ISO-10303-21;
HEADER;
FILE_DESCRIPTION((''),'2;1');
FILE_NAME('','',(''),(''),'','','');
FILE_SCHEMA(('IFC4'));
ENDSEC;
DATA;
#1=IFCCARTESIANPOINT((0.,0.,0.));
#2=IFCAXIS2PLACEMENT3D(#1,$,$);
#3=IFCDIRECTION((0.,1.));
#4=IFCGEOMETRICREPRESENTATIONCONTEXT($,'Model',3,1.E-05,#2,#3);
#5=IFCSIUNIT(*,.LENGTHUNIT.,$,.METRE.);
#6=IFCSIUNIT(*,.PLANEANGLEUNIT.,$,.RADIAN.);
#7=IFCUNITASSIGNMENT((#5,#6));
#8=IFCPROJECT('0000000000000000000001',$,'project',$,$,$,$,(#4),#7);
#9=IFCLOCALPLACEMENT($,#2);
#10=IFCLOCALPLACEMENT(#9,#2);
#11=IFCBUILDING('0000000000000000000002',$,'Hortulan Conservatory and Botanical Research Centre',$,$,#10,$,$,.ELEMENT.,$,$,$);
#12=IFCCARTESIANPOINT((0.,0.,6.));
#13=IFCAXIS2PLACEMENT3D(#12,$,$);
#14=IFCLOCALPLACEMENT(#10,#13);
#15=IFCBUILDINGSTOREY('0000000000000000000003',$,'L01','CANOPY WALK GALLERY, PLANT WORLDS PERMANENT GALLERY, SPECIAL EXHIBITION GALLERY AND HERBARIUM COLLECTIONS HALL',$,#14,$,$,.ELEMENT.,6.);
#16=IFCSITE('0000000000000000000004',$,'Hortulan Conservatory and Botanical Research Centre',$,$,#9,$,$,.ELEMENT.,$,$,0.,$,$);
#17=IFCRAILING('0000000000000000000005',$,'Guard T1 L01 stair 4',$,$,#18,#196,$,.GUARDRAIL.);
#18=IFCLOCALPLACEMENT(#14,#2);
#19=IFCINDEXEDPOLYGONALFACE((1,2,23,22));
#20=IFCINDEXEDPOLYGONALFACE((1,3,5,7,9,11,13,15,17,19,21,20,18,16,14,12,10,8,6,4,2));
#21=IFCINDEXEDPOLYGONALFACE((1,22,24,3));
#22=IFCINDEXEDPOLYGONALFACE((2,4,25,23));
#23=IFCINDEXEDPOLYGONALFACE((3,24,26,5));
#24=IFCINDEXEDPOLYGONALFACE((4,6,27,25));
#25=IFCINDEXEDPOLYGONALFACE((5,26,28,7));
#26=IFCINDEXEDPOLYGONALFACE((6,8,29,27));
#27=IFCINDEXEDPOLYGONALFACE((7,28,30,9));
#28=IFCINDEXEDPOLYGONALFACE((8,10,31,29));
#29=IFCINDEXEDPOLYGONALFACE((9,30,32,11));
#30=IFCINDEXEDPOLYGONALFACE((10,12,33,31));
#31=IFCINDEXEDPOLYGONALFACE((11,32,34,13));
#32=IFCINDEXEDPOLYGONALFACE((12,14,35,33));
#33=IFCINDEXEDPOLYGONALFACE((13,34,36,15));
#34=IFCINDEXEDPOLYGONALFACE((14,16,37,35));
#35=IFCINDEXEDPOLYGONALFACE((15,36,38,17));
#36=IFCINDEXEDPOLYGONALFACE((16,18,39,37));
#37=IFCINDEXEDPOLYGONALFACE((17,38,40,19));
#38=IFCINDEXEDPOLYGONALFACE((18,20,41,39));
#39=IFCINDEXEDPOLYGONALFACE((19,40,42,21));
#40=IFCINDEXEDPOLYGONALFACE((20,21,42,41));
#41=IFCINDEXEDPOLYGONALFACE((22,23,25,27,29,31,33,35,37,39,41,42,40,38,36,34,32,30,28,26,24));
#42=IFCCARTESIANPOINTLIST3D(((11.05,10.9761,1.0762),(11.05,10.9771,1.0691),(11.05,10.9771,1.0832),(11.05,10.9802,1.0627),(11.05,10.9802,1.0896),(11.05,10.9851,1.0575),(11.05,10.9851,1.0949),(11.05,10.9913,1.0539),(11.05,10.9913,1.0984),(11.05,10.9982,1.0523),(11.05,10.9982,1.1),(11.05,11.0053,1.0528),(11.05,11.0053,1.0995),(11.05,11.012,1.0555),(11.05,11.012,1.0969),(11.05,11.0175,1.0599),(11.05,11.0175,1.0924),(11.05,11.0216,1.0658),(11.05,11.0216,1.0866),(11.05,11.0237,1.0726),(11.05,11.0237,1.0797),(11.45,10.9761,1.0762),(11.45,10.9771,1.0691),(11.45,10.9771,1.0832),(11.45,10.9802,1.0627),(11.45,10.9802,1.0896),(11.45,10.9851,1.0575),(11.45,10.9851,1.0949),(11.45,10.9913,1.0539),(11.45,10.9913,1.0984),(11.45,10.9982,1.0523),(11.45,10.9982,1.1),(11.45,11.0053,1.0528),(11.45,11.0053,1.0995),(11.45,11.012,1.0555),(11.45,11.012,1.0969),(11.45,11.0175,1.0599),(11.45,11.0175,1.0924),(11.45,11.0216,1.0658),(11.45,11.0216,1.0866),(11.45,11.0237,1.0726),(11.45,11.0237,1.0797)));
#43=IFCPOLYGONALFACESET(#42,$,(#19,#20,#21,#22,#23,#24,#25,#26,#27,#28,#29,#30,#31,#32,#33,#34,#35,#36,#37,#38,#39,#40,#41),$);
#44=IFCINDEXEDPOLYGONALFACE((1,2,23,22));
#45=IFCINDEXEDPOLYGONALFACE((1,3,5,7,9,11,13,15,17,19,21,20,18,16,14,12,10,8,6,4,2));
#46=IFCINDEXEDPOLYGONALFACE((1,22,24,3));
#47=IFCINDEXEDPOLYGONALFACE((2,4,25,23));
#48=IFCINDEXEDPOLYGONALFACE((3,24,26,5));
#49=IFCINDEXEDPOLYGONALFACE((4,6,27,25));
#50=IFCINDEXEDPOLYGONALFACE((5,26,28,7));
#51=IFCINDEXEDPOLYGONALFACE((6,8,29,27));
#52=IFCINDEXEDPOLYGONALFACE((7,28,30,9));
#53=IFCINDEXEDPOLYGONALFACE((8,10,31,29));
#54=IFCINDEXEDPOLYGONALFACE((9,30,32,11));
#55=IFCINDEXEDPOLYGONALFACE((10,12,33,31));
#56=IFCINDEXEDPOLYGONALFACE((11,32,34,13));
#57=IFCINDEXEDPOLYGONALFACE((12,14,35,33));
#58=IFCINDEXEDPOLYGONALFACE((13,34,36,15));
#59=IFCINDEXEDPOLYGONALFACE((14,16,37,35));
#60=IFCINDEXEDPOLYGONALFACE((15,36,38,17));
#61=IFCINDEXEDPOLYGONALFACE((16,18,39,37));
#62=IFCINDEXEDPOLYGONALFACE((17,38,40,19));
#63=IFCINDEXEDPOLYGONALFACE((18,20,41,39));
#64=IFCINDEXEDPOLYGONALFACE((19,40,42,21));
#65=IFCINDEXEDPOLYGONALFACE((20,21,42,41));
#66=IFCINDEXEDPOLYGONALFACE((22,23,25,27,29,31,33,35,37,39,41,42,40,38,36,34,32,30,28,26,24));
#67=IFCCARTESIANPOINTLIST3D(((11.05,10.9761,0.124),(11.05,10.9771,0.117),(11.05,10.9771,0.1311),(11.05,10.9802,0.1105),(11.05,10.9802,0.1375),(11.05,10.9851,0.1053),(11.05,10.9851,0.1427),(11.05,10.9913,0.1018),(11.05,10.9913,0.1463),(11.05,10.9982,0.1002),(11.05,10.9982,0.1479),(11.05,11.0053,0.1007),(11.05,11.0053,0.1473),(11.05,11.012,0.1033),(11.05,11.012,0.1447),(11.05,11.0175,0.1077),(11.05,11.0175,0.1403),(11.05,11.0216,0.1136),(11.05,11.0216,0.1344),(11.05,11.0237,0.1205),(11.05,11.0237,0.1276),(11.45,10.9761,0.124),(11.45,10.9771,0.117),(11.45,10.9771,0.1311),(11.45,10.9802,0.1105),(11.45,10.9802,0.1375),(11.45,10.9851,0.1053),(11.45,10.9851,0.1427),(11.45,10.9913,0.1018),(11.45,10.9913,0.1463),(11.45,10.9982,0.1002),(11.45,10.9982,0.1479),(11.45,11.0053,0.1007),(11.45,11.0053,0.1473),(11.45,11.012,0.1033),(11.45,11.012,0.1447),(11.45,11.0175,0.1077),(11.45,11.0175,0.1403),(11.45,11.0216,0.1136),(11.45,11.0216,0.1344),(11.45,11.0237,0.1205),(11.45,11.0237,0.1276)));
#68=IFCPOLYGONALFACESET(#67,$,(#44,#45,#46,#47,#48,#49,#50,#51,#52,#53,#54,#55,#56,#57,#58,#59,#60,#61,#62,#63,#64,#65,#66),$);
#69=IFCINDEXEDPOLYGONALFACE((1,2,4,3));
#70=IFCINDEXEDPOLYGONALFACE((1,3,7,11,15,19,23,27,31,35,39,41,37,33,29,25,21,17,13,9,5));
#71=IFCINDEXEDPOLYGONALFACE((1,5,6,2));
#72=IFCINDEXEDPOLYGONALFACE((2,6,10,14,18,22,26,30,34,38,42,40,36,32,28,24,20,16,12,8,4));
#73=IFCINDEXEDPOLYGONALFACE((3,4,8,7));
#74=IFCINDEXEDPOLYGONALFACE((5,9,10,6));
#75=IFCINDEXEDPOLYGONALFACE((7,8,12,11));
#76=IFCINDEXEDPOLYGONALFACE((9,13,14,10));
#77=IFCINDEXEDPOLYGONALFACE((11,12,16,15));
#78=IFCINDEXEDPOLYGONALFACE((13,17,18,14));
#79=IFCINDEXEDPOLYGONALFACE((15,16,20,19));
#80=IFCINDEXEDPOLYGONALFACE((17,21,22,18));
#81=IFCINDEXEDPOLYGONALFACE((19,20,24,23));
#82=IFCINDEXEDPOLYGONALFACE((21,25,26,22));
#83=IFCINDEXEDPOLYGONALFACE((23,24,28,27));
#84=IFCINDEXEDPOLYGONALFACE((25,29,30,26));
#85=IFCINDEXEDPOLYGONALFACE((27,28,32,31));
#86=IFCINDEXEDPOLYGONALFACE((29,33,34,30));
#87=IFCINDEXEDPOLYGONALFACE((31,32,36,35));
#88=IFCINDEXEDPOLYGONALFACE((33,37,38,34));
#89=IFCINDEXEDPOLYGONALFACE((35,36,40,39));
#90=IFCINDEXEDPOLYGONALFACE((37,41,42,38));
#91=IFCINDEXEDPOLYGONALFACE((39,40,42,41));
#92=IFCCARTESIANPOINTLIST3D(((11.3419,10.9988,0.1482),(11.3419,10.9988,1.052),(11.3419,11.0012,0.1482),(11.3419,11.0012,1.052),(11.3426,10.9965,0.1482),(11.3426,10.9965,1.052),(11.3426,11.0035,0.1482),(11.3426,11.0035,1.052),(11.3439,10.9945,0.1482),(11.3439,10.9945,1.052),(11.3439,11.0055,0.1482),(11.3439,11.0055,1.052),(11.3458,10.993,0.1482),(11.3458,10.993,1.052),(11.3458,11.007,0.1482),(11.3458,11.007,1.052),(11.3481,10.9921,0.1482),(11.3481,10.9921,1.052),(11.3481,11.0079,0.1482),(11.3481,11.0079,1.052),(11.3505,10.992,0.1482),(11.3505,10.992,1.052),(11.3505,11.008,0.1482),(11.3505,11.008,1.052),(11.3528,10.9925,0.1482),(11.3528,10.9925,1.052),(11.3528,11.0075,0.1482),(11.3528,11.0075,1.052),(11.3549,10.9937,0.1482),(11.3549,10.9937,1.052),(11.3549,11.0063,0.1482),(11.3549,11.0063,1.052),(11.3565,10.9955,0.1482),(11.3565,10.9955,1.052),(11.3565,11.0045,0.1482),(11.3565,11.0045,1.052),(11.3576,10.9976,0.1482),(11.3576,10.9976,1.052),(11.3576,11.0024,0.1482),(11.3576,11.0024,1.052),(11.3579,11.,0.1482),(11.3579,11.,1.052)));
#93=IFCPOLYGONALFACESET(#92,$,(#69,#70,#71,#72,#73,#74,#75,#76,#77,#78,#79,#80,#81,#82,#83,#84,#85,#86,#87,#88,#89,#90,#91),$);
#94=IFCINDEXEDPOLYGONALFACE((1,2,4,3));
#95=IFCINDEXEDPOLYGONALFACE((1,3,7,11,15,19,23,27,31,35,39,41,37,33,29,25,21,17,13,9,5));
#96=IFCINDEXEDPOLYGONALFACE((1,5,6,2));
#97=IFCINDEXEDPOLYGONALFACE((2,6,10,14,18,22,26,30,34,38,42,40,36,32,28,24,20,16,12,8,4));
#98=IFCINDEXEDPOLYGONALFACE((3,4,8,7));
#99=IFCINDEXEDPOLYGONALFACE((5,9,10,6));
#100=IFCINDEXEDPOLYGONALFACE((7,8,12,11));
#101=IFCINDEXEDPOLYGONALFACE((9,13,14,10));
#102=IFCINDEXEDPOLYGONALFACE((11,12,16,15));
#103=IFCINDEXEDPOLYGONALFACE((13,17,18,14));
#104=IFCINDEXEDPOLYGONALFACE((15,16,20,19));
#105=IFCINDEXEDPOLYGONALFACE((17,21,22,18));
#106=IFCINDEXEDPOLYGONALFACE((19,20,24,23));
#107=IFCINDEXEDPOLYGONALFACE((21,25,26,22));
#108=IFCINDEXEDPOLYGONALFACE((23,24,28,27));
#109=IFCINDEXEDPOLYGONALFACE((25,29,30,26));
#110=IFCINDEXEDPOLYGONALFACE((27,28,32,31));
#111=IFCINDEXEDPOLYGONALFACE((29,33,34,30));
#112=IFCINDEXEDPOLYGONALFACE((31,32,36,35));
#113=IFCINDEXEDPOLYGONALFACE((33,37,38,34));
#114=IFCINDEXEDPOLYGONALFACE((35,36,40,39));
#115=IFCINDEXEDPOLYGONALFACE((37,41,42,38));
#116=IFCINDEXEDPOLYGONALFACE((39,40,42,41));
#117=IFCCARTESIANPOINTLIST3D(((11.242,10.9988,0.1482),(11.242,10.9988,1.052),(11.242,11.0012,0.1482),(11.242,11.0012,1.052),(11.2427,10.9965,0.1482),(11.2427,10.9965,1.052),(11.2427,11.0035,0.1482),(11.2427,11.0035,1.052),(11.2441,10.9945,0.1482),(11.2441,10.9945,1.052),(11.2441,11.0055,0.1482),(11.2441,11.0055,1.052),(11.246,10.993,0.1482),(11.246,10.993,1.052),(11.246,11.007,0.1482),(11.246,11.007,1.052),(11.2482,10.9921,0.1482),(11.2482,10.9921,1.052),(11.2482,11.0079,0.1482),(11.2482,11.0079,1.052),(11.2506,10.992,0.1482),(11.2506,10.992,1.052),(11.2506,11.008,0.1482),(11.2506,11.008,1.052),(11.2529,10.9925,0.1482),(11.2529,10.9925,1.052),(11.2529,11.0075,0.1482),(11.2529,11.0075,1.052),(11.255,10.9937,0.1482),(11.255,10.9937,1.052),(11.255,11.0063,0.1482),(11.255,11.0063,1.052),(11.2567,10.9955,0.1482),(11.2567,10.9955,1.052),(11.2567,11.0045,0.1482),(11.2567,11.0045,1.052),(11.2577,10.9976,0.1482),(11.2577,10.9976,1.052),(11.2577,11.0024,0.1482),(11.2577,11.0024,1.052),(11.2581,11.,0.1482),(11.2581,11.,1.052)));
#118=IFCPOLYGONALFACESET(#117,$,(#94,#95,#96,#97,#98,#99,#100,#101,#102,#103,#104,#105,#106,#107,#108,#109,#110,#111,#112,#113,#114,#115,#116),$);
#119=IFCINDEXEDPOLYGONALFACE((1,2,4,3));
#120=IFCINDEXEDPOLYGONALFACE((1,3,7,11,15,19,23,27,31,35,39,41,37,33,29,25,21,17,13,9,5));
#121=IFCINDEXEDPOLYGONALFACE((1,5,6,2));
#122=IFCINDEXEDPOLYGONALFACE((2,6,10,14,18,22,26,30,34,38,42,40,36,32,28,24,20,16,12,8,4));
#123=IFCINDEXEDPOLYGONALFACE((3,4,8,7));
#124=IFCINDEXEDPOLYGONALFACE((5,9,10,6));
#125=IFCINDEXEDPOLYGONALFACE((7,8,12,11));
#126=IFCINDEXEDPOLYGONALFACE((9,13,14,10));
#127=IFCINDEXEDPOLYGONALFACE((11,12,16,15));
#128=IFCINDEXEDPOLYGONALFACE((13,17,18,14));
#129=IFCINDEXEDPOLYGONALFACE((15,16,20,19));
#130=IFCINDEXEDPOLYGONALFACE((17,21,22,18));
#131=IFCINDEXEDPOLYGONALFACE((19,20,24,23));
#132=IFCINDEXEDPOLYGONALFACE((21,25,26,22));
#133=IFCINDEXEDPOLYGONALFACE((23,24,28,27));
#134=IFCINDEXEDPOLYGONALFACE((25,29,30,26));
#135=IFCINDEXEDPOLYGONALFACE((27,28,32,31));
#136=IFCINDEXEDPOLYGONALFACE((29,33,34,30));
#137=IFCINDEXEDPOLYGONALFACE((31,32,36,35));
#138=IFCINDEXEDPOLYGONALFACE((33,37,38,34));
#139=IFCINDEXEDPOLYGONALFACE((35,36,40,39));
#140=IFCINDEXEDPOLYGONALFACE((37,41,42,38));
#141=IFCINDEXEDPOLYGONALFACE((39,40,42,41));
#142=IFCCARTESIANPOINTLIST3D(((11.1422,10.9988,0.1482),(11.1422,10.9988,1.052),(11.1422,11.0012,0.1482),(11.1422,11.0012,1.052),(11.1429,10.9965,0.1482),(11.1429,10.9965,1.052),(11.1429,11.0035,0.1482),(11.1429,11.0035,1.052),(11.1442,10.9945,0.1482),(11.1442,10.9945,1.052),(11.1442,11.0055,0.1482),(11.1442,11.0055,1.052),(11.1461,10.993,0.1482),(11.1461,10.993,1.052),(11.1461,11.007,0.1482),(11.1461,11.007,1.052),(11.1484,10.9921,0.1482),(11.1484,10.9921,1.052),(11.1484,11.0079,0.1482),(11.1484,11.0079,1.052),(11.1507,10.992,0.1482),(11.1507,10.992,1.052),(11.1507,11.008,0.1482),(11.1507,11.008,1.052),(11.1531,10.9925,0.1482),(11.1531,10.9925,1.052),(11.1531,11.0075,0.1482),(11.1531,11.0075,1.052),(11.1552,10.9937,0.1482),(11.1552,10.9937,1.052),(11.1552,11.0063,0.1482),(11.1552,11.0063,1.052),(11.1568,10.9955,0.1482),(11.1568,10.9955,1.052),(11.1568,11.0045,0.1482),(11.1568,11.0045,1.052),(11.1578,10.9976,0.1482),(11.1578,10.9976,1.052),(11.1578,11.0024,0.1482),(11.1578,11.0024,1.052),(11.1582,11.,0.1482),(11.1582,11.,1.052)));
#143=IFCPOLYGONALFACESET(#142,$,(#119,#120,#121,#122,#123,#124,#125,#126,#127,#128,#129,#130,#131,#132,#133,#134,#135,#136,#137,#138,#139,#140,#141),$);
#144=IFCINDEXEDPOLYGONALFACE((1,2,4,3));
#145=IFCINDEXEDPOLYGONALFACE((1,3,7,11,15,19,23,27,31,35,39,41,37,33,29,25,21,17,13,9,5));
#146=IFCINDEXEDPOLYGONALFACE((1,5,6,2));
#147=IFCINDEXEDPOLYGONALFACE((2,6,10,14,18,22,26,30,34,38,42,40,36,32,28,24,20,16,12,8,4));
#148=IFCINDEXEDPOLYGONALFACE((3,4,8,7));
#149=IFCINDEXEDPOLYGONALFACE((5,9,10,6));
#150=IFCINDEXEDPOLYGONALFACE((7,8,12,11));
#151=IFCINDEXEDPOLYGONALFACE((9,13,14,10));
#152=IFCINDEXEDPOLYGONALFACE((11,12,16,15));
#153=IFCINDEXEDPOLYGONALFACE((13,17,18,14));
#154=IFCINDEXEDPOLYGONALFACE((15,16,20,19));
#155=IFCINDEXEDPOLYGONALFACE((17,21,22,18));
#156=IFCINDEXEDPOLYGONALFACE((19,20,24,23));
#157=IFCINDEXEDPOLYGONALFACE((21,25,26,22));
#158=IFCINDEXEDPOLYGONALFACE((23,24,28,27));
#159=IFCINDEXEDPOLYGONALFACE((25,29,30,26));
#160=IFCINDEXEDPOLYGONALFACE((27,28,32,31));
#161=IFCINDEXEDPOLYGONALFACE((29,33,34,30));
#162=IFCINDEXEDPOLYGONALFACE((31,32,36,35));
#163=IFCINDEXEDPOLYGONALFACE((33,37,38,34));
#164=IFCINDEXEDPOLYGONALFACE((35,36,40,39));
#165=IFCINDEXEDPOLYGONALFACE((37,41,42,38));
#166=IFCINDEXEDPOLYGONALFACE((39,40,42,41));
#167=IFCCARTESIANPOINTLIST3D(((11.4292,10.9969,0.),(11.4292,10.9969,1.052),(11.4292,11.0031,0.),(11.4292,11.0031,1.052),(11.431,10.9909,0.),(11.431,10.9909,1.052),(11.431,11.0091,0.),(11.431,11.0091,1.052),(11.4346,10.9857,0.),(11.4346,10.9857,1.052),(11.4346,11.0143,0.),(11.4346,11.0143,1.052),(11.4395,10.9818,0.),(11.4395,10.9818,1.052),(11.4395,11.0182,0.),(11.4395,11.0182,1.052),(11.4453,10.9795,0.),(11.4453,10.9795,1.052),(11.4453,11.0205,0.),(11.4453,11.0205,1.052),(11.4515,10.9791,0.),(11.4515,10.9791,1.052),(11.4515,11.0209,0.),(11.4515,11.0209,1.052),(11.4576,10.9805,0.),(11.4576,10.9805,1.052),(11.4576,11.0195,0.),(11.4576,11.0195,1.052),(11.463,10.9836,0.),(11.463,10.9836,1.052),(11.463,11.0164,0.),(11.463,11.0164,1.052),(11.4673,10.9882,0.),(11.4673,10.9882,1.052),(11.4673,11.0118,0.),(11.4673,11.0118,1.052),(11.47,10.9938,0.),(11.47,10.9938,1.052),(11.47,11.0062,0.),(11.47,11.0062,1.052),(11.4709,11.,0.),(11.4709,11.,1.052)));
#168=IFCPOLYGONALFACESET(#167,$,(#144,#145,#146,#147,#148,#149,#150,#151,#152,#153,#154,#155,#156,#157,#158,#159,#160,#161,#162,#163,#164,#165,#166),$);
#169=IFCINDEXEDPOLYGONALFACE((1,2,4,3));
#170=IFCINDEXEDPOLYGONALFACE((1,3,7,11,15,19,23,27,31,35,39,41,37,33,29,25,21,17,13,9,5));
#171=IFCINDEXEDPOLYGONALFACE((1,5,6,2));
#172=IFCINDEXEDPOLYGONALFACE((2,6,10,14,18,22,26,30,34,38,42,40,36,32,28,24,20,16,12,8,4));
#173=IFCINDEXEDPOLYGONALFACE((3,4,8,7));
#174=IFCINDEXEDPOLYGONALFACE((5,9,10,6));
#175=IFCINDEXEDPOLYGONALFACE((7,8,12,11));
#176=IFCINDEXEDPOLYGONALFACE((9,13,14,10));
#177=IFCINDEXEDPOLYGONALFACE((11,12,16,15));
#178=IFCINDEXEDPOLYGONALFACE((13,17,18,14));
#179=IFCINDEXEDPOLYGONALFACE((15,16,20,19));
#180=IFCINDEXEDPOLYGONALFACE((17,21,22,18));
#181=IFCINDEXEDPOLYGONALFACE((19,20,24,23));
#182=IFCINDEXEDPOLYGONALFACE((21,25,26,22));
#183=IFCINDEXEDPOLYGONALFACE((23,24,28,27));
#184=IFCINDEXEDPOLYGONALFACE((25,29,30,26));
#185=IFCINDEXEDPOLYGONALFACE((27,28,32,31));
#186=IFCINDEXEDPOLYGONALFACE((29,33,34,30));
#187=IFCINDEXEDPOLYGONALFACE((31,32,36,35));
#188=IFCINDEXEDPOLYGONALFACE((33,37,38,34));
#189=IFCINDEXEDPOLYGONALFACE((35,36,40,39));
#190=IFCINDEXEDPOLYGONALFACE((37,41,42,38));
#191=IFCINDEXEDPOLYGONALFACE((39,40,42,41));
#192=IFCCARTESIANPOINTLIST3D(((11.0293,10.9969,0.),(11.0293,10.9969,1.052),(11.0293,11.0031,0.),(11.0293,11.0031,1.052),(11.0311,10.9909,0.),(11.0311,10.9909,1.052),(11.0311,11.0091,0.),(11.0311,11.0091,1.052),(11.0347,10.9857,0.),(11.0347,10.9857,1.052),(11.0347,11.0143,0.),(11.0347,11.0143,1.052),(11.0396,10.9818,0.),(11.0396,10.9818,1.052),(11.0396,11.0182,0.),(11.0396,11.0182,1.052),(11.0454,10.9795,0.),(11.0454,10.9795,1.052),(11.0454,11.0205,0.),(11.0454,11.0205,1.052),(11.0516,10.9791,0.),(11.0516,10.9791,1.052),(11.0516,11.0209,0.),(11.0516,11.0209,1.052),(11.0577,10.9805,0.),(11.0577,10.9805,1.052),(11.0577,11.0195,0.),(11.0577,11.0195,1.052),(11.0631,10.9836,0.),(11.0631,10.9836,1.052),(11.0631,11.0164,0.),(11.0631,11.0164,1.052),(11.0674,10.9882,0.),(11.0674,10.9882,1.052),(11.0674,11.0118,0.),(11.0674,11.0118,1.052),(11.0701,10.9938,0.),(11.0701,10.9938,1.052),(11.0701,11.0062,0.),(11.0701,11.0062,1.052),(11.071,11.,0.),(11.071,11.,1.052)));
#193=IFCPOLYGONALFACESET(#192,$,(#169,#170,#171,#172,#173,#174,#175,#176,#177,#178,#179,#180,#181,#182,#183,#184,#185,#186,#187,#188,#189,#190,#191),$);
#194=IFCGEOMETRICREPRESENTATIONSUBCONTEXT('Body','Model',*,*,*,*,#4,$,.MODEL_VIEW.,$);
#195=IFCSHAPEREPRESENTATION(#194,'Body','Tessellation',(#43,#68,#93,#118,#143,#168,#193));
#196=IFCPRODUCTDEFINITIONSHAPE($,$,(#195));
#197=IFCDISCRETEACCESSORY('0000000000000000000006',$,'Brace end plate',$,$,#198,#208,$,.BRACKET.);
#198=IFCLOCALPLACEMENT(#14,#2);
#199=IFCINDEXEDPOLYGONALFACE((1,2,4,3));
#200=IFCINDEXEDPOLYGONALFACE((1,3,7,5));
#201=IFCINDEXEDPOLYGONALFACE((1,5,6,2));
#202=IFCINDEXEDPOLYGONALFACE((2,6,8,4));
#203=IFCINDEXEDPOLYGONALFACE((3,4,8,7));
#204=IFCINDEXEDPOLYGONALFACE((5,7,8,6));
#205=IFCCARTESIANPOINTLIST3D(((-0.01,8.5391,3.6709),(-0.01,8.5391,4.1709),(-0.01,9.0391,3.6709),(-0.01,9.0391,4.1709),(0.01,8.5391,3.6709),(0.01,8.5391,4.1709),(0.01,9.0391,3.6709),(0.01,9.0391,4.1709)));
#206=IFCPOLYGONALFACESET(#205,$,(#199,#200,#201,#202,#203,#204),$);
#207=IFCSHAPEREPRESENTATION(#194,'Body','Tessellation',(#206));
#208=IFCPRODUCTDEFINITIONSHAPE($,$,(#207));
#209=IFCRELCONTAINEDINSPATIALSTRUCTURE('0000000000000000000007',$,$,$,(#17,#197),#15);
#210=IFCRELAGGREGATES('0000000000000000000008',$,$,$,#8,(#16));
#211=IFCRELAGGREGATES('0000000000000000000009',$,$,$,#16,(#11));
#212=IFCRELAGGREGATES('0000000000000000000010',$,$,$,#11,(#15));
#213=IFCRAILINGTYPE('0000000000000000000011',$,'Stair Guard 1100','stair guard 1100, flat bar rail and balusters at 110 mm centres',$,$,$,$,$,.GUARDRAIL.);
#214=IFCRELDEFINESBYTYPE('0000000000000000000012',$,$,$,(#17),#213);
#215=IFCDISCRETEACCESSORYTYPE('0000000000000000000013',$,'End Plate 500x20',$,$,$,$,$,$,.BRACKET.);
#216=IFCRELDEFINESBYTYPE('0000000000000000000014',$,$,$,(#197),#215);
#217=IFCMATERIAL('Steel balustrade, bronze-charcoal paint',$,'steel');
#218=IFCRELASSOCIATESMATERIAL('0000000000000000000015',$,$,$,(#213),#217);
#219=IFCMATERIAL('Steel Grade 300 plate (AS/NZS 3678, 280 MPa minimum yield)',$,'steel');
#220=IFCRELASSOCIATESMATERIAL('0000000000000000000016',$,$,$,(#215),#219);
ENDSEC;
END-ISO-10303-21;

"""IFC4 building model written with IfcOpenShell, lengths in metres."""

from ifc_helpers import new_model, si_unit, direction, frame, origin, origin_2d, place, context, subcontext, project, spatial, rectangle, circle, extrude, material, type_object, element, save


model = new_model("IFC4")

# Units and contexts
model_context = context("Model", 3, precision=1e-05, world=origin(), true_north=direction((0.0, 1.0)))
body_context = subcontext(model_context, "Body", "Model", "MODEL_VIEW")
ifc_project = project(units=[si_unit("LENGTHUNIT", "METRE"), si_unit("PLANEANGLEUNIT", "RADIAN")], contexts=[model_context])

# Site, building, storey
site_placement = place(None, origin())
site = spatial("IfcSite", under=ifc_project, at=site_placement, Name="Hortulan Conservatory and Botanical Research Centre", CompositionType="ELEMENT", RefElevation=0.0)
building_placement = place(site_placement, origin())
building = spatial("IfcBuilding", under=site, at=building_placement, Name="Hortulan Conservatory and Botanical Research Centre", CompositionType="ELEMENT")
storey_placement = place(building_placement, frame((0.0, 0.0, 6.0)))
storey = spatial("IfcBuildingStorey", under=building, at=storey_placement, Name="L01", Description="CANOPY WALK GALLERY, PLANT WORLDS PERMANENT GALLERY, SPECIAL EXHIBITION GALLERY AND HERBARIUM COLLECTIONS HALL", CompositionType="ELEMENT", Elevation=6.0)

# Railing
ifc_material_1 = material(Name="Steel balustrade, bronze-charcoal paint", Category="steel")
railing_type = type_object("IfcRailingType", Name="Stair Guard 1100", Description="stair guard 1100, flat bar rail and balusters at 110 mm centres", PredefinedType="GUARDRAIL", material=ifc_material_1)
railing_1_placement = place(storey_placement, frame((11.45, 11.0, 0.0)))
element("IfcRailing", 1, at=railing_1_placement, inside=storey, type_object=railing_type, Name="Guard T1 L01 stair 4", PredefinedType="GUARDRAIL", context=body_context, shape_type="SweptSolid", body=[
    extrude(circle(Radius=0.0239, at=origin_2d()), frame((0.0, 0.0, 1.0762), z_axis=(-1.0, 0.0, 0.0), x_axis=(0.0, -1.0, 0.0)), (0.0, 0.0, 1.0), 0.3999),
    extrude(circle(Radius=0.0239, at=origin_2d()), frame((0.0, 0.0, 0.124), z_axis=(-1.0, 0.0, 0.0), x_axis=(0.0, -1.0, 0.0)), (0.0, 0.0, 1.0), 0.3999),
    extrude(circle(Radius=0.0081, at=origin_2d()), frame((-0.1001, 0.0, 0.1482)), (0.0, 0.0, 1.0), 0.9038),
    extrude(circle(Radius=0.0081, at=origin_2d()), frame((-0.2, 0.0, 0.1482)), (0.0, 0.0, 1.0), 0.9038),
    extrude(circle(Radius=0.0081, at=origin_2d()), frame((-0.2998, 0.0, 0.1482)), (0.0, 0.0, 1.0), 0.9038),
    extrude(circle(Radius=0.021, at=origin_2d()), origin(), (0.0, 0.0, 1.0), 1.052),
    extrude(circle(Radius=0.021, at=origin_2d()), frame((-0.3999, 0.0, 0.0)), (0.0, 0.0, 1.0), 1.052),
])

# Discrete accessory
ifc_material_2 = material(Name="Steel Grade 300 plate (AS/NZS 3678, 280 MPa minimum yield)", Category="steel")
discrete_accessory_type = type_object("IfcDiscreteAccessoryType", Name="End Plate 500x20", PredefinedType="BRACKET", material=ifc_material_2)
for number, where, z_axis, x_axis, name in (
    (2, (0.0, 8.7891, 3.6709), (0.0, 0.0, 1.0), (0.0, -1.0, 0.0), "Brace end plate"),
):
    element("IfcDiscreteAccessory", number, at=place(storey_placement, frame(where, z_axis=z_axis, x_axis=x_axis)), inside=storey, type_object=discrete_accessory_type, Name=name, PredefinedType="BRACKET", context=body_context, shape_type="SweptSolid", body=[
        extrude(rectangle(XDim=0.5, YDim=0.02, at=origin_2d()), origin(), (0.0, 0.0, 1.0), 0.5),
    ])

save(model, "model.ifc")
